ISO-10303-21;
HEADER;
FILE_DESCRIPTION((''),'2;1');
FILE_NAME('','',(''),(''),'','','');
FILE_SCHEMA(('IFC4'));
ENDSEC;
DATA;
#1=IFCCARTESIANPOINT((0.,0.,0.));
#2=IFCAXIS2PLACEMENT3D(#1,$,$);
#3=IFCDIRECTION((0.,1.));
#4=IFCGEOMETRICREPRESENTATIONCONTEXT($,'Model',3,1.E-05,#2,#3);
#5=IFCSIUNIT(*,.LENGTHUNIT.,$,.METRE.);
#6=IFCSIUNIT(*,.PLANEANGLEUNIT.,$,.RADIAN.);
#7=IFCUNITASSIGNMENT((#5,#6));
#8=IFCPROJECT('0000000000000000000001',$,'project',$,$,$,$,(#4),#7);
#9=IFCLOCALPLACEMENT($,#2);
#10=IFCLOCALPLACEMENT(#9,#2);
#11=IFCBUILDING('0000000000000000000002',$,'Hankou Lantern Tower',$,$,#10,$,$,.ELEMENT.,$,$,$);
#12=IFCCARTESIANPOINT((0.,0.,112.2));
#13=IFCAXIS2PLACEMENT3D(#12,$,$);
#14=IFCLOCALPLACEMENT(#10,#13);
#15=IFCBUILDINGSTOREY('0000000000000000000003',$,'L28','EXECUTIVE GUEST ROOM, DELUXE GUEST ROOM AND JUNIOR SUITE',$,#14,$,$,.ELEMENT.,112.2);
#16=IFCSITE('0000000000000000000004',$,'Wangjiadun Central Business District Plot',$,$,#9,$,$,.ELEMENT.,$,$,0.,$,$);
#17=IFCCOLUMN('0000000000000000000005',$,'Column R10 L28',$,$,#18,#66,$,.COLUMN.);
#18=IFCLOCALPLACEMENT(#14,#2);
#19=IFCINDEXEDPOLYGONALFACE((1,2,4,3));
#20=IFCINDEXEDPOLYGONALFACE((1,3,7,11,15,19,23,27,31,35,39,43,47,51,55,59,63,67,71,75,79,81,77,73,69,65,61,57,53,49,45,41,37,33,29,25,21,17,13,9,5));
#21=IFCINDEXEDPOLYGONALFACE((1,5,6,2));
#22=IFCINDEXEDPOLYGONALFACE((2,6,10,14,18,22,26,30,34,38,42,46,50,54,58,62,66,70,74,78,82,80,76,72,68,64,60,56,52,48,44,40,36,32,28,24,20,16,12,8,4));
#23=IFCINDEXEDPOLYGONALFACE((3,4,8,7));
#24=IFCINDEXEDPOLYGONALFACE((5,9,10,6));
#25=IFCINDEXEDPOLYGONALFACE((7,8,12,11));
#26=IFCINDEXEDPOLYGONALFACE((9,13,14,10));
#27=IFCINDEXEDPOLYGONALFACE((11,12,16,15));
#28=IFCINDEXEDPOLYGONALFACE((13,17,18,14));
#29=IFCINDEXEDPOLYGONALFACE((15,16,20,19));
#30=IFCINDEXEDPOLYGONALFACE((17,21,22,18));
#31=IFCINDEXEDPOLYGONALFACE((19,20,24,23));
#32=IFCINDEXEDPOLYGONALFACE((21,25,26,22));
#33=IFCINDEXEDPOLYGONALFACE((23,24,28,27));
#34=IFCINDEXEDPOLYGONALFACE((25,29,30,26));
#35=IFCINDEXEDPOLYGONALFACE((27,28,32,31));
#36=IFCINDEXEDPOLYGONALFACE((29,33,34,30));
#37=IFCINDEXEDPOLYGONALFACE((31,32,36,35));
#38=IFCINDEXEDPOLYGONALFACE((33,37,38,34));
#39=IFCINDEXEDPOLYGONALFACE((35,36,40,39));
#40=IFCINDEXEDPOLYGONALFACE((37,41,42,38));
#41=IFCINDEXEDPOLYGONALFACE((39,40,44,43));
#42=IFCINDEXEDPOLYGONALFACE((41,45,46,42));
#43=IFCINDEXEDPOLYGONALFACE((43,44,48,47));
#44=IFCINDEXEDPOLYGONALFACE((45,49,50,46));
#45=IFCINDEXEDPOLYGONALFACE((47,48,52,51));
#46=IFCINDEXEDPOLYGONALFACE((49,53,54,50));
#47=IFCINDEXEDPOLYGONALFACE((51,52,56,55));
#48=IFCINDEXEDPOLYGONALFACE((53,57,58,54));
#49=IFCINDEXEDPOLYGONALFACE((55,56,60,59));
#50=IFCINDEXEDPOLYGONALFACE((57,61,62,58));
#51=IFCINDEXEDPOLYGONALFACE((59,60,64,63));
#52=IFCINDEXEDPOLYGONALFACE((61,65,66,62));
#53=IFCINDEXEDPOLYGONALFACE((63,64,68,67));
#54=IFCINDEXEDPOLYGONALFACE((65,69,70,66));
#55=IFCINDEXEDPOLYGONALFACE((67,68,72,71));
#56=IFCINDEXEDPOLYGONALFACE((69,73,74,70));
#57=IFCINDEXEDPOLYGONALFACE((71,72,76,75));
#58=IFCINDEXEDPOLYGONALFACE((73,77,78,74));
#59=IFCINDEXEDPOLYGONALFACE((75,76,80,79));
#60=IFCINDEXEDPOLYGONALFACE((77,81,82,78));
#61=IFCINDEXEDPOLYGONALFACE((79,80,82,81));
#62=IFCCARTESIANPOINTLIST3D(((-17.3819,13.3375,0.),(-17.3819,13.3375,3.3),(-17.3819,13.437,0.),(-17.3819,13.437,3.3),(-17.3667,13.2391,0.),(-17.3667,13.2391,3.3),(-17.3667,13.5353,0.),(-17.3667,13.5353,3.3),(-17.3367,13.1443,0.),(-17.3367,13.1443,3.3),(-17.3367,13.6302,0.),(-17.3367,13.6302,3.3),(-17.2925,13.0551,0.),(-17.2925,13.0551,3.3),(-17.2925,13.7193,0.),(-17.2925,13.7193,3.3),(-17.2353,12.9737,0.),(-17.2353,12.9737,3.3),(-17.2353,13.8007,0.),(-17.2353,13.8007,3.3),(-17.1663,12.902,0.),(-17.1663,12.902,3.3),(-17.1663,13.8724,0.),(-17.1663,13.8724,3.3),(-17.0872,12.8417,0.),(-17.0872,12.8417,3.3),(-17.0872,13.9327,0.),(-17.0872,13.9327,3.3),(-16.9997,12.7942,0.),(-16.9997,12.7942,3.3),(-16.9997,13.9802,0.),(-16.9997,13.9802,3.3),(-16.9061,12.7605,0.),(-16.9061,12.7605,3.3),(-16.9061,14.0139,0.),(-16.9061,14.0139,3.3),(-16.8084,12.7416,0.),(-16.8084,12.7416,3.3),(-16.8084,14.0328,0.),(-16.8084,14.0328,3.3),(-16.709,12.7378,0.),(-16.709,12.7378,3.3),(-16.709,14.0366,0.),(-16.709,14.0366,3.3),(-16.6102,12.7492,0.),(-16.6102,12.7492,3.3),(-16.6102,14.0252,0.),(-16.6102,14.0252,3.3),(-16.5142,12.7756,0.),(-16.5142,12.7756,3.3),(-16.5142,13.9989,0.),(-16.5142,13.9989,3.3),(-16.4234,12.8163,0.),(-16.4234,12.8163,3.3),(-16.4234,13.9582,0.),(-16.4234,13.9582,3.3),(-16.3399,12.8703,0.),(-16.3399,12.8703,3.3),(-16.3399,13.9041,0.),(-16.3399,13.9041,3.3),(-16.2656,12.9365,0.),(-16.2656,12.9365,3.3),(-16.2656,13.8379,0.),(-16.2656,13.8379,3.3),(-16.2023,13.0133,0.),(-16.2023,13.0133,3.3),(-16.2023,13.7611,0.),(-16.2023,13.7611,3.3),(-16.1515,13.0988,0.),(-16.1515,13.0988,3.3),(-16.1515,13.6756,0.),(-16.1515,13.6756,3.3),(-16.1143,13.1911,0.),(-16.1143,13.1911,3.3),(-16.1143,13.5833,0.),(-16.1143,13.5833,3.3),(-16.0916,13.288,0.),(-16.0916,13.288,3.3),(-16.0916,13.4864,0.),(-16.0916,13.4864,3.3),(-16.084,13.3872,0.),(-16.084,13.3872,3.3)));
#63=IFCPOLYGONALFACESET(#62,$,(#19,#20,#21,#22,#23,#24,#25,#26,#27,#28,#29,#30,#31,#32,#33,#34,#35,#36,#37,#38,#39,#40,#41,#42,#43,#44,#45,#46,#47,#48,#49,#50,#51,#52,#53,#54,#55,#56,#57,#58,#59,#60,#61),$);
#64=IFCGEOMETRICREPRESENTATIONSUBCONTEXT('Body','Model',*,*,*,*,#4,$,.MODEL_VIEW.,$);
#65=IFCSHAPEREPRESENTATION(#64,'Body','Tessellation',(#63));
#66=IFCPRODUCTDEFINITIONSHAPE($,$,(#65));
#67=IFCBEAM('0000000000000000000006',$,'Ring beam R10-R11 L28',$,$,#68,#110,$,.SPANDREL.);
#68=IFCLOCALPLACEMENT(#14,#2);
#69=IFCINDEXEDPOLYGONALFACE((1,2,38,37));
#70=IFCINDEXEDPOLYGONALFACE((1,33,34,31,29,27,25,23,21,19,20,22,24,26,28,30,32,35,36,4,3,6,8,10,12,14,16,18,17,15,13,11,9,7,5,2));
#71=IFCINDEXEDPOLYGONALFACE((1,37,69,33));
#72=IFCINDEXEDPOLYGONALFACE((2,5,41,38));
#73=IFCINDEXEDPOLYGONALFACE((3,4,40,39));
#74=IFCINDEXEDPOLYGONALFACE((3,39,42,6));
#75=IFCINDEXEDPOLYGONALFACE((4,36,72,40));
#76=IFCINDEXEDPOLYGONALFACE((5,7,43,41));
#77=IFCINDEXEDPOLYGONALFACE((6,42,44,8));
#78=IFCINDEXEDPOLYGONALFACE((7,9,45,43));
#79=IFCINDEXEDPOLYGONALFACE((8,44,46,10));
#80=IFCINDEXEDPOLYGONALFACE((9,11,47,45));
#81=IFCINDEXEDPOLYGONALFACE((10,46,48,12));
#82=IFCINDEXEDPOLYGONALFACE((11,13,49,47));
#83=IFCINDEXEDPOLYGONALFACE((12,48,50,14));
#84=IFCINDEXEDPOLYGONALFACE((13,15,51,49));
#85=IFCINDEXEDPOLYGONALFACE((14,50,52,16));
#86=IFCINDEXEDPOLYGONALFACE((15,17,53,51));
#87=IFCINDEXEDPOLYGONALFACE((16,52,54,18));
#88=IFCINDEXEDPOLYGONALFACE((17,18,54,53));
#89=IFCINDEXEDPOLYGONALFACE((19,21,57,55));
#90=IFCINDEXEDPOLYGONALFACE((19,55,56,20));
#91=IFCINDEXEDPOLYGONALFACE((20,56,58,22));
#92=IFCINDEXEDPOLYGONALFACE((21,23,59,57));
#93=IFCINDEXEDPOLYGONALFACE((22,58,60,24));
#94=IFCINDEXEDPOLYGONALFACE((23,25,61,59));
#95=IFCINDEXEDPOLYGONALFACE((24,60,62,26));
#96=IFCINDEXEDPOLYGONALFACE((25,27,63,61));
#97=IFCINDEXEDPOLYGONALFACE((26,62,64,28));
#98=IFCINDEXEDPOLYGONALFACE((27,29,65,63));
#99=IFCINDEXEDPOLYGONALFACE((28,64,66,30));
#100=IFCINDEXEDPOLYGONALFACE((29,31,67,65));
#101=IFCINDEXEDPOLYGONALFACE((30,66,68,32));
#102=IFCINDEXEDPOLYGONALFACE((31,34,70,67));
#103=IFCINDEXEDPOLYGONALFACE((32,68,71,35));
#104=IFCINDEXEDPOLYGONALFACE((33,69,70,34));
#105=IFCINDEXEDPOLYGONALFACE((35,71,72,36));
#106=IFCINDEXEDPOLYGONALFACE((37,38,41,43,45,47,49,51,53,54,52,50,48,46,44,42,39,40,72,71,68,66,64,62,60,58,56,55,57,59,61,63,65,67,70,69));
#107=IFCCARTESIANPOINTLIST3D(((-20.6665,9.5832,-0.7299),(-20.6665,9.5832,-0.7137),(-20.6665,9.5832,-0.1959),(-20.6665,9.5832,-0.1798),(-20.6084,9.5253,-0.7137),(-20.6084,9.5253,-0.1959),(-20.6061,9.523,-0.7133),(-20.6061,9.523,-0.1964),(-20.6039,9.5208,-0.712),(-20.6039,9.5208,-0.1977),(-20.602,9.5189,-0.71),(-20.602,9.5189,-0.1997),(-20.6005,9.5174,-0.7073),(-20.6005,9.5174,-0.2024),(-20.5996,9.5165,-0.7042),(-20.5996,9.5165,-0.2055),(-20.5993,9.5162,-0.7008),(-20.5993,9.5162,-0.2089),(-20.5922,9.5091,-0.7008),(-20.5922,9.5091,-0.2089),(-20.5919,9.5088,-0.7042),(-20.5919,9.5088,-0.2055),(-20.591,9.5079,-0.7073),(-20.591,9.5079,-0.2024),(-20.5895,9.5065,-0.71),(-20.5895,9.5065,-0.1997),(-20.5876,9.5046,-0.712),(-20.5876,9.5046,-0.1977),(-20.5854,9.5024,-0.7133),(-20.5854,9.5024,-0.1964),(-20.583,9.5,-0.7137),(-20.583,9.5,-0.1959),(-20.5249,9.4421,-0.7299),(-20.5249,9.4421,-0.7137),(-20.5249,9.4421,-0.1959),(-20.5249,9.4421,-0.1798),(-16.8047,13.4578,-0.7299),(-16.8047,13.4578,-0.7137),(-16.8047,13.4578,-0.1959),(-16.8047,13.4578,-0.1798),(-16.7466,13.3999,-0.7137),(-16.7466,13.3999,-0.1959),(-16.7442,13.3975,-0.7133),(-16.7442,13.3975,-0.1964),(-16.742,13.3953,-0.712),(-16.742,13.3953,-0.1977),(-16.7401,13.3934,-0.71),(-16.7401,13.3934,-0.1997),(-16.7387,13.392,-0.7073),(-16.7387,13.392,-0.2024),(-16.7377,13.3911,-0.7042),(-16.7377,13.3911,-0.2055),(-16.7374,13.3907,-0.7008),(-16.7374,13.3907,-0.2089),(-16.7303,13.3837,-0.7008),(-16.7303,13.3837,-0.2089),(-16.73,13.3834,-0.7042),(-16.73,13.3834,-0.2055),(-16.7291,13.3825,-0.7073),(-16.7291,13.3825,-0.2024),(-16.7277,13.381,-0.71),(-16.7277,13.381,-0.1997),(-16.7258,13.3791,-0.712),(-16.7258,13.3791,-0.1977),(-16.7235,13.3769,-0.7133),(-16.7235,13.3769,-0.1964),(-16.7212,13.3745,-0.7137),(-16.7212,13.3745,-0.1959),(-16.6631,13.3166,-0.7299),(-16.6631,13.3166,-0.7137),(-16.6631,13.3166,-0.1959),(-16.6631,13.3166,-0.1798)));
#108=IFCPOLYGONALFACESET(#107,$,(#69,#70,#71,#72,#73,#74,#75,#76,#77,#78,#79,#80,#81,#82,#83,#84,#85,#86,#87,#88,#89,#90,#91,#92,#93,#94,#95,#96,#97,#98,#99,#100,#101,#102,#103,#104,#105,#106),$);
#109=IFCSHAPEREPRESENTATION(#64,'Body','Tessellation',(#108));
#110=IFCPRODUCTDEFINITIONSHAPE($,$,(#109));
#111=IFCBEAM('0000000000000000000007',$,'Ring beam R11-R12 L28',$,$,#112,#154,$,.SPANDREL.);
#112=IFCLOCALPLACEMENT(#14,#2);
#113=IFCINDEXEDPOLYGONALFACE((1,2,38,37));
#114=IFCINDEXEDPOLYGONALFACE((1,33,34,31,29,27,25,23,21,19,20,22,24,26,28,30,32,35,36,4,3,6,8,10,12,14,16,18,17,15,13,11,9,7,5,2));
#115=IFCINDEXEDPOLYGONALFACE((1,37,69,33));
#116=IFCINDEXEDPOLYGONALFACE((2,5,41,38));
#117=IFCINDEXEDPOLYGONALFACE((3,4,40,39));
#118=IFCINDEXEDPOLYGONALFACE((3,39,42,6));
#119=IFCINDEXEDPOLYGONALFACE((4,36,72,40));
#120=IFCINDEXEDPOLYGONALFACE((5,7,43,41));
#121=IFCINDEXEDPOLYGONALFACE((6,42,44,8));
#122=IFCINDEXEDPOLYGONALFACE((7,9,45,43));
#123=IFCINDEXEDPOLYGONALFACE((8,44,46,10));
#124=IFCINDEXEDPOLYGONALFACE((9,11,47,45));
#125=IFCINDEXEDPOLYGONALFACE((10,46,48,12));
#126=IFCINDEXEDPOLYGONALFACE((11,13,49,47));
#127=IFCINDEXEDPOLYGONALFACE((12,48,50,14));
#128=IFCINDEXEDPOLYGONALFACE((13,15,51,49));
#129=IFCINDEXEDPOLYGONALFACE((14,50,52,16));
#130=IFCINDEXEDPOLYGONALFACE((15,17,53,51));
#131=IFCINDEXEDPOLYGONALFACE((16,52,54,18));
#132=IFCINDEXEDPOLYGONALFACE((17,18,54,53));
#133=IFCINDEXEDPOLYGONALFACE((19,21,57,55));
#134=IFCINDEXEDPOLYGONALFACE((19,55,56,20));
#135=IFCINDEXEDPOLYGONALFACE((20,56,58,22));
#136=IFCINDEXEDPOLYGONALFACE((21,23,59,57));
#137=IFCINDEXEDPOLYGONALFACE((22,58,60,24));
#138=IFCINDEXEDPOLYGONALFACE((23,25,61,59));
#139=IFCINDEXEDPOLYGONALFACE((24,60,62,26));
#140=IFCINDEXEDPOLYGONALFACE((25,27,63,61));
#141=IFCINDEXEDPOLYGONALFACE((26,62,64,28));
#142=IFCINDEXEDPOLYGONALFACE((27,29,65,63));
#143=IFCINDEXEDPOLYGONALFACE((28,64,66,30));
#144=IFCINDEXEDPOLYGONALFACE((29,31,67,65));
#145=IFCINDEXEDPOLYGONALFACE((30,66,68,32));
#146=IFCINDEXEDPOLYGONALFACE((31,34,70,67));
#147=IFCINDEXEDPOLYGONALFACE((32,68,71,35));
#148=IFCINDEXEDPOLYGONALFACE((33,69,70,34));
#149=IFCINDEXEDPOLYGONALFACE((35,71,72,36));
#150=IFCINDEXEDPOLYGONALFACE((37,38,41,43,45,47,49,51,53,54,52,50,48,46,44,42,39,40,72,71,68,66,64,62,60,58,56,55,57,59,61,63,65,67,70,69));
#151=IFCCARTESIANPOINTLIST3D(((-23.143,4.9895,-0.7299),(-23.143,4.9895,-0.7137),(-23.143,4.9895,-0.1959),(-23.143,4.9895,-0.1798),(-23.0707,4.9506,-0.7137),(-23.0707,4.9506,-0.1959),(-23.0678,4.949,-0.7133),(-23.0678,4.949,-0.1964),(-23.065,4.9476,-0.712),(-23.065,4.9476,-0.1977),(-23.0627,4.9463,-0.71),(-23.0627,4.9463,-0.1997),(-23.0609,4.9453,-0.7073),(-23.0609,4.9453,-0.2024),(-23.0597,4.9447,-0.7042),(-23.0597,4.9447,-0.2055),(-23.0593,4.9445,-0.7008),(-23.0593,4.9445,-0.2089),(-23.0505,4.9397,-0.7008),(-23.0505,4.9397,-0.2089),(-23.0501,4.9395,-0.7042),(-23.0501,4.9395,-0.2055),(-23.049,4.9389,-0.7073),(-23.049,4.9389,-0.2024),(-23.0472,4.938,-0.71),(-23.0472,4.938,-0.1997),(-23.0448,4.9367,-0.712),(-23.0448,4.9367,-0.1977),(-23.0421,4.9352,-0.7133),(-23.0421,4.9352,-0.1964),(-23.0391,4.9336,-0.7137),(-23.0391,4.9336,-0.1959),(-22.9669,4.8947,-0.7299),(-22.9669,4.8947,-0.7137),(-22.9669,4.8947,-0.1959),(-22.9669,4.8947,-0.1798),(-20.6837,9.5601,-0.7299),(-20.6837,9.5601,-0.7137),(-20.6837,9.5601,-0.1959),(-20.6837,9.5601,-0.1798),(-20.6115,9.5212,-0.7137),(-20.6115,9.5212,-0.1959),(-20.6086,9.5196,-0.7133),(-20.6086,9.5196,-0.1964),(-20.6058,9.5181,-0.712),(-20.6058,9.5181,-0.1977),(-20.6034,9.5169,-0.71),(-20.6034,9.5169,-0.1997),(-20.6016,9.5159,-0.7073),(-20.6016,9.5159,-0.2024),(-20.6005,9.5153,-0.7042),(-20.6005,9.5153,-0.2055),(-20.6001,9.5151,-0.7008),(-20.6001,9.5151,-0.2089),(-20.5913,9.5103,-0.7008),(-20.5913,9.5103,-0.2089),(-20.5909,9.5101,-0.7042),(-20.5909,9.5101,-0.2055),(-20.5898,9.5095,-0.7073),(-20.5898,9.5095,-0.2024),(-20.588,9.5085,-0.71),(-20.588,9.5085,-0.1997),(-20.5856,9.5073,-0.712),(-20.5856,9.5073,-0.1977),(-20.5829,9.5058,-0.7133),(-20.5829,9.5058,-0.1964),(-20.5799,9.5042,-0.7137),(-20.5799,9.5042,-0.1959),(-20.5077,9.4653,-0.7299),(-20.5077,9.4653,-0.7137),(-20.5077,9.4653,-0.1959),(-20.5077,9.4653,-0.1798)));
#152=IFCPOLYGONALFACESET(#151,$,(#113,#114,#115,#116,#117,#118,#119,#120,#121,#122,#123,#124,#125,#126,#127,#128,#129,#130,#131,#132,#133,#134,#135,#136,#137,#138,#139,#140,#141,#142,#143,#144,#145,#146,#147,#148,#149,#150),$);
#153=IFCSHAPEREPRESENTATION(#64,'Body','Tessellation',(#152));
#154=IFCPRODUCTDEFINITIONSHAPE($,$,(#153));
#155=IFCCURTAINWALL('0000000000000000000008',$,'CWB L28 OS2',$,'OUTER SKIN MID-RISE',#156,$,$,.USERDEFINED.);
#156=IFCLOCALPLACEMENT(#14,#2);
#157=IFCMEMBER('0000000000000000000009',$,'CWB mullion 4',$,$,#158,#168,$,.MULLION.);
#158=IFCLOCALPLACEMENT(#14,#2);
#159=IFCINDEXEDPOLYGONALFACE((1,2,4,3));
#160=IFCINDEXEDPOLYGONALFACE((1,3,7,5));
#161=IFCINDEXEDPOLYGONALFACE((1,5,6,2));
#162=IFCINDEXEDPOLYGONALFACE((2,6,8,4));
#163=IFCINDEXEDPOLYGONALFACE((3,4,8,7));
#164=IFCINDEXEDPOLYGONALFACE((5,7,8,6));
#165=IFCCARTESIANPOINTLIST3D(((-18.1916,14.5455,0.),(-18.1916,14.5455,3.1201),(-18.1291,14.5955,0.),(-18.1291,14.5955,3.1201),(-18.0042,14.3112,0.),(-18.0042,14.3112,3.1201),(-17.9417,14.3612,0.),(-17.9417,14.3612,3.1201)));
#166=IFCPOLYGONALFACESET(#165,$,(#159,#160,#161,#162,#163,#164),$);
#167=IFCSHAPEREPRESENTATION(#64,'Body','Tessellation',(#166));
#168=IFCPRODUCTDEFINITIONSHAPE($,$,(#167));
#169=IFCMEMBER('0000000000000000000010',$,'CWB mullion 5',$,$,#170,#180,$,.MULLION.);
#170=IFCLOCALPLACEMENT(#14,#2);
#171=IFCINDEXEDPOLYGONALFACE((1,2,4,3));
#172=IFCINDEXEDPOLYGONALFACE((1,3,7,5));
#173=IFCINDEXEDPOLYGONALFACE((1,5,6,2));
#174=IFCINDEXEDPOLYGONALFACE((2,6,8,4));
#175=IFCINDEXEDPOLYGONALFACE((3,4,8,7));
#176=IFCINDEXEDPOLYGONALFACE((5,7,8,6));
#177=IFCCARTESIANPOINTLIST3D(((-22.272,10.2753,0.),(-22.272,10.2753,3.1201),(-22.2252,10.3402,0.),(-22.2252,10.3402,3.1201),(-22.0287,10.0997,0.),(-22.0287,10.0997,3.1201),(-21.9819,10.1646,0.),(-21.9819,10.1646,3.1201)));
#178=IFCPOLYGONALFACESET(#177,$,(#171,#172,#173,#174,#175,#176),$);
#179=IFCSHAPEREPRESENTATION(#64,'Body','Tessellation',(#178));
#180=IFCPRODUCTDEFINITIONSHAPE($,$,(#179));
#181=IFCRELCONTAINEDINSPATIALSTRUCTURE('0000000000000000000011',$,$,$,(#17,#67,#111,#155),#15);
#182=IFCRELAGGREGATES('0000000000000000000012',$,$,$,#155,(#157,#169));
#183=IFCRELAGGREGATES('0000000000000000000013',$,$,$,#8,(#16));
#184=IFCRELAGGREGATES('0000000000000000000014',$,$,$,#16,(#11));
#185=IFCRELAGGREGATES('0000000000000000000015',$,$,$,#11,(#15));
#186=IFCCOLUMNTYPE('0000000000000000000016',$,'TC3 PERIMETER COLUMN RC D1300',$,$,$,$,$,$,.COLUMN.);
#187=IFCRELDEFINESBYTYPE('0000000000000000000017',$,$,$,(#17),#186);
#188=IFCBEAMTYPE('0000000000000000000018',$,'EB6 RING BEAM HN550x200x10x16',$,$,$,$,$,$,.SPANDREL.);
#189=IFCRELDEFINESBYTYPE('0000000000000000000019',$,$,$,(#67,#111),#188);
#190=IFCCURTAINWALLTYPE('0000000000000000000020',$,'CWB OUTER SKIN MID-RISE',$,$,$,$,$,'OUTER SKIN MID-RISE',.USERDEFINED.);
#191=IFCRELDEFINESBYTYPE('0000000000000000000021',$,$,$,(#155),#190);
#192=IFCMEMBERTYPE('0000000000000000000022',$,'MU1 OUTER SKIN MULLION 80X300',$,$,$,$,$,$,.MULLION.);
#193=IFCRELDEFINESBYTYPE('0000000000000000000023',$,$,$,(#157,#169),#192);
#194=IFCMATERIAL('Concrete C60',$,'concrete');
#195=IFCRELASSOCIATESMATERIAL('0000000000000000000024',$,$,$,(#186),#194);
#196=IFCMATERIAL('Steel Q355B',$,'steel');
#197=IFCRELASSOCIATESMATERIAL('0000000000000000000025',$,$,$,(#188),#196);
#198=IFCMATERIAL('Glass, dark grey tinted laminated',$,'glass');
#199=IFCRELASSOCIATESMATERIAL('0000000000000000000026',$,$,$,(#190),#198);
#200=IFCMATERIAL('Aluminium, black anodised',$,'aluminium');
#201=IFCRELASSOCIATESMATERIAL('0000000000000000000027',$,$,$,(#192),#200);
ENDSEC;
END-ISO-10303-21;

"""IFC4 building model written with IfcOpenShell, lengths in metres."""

from ifc_helpers import new_model, si_unit, direction, frame, origin, origin_2d, place, context, subcontext, project, spatial, rectangle, circle, i_section, extrude, material, material_profile, profile_set, type_object, element, aggregate, save


model = new_model("IFC4")

# Units and contexts
model_context = context("Model", 3, precision=1e-05, world=origin(), true_north=direction((0.0, 1.0)))
body_context = subcontext(model_context, "Body", "Model", "MODEL_VIEW")
ifc_project = project(units=[si_unit("LENGTHUNIT", "METRE"), si_unit("PLANEANGLEUNIT", "RADIAN")], contexts=[model_context])

# Site, building, storey
site_placement = place(None, origin())
site = spatial("IfcSite", under=ifc_project, at=site_placement, Name="Wangjiadun Central Business District Plot", CompositionType="ELEMENT", RefElevation=0.0)
building_placement = place(site_placement, origin())
building = spatial("IfcBuilding", under=site, at=building_placement, Name="Hankou Lantern Tower", CompositionType="ELEMENT")
storey_placement = place(building_placement, frame((0.0, 0.0, 112.2)))
storey = spatial("IfcBuildingStorey", under=building, at=storey_placement, Name="L28", Description="EXECUTIVE GUEST ROOM, DELUXE GUEST ROOM AND JUNIOR SUITE", CompositionType="ELEMENT", Elevation=112.2)

# Column
ifc_material_1 = material(Name="Concrete C60", Category="concrete")
ifc_material_profile_1 = material_profile(ifc_material_1, circle(Radius=0.6499, at=origin_2d()), Name="RC D1300")
ifc_profile_set_1 = profile_set([ifc_material_profile_1], Name="Concrete C60")
column_type = type_object("IfcColumnType", Name="TC3 PERIMETER COLUMN RC D1300", PredefinedType="COLUMN", material=ifc_profile_set_1)
column_placement = place(storey_placement, frame((-16.7339, 13.3872, 0.0), z_axis=(0.0, 0.0, 1.0), x_axis=(1.0, 0.0, 0.0)))
element("IfcColumn", 1, at=column_placement, inside=storey, type_object=column_type, Name="Column R10 L28", PredefinedType="COLUMN", context=body_context, shape_type="SweptSolid", body=[
    extrude(circle(Radius=0.6499, at=origin_2d()), origin(), (0.0, 0.0, 1.0), 3.3),
])

# Beams
ifc_material_2 = material(Name="Steel Q355B", Category="steel")
ifc_material_profile_2 = material_profile(ifc_material_2, i_section(OverallWidth=0.2, OverallDepth=0.55, WebThickness=0.01, FlangeThickness=0.0161, FilletRadius=0.0129, at=origin_2d()), Name="HN550x200x10x16")
ifc_profile_set_2 = profile_set([ifc_material_profile_2], Name="Steel Q355B")
beam_type_1 = type_object("IfcBeamType", Name="EB6 RING BEAM HN550x200x10x16", PredefinedType="SPANDREL", material=ifc_profile_set_2)
beam_1_placement = place(storey_placement, frame((-16.7339, 13.3872, -0.4548), z_axis=(-0.705945, -0.708266, 0.0), x_axis=(0.708266, -0.705945, 0.0)))
element("IfcBeam", 2, at=beam_1_placement, inside=storey, type_object=beam_type_1, Name="Ring beam R10-R11 L28", PredefinedType="SPANDREL", context=body_context, shape_type="SweptSolid", body=[
    extrude(i_section(OverallWidth=0.2, OverallDepth=0.55, WebThickness=0.01, FlangeThickness=0.0161, FilletRadius=0.0129, at=origin_2d()), origin(), (0.0, 0.0, 1.0), 5.4705),
])
beam_2_placement = place(storey_placement, frame((-20.5957, 9.5127, -0.4548), z_axis=(-0.473825, -0.880619, 0.0), x_axis=(0.880619, -0.473825, 0.0)))
element("IfcBeam", 3, at=beam_2_placement, inside=storey, type_object=beam_type_1, Name="Ring beam R11-R12 L28", PredefinedType="SPANDREL", context=body_context, shape_type="SweptSolid", body=[
    extrude(i_section(OverallWidth=0.2, OverallDepth=0.55, WebThickness=0.01, FlangeThickness=0.0161, FilletRadius=0.0129, at=origin_2d()), origin(), (0.0, 0.0, 1.0), 5.1902),
])

# Curtain wall, members
ifc_material_3 = material(Name="Glass, dark grey tinted laminated", Category="glass")
curtain_wall_type = type_object("IfcCurtainWallType", Name="CWB OUTER SKIN MID-RISE", ElementType="OUTER SKIN MID-RISE", PredefinedType="USERDEFINED", material=ifc_material_3)
curtain_wall_placement = place(storey_placement, origin())
curtain_wall = element("IfcCurtainWall", 4, at=curtain_wall_placement, inside=storey, type_object=curtain_wall_type, Name="CWB L28 OS2", ObjectType="OUTER SKIN MID-RISE", PredefinedType="USERDEFINED")
ifc_material_4 = material(Name="Aluminium, black anodised", Category="aluminium")
ifc_material_profile_3 = material_profile(ifc_material_4, rectangle(XDim=0.0801, YDim=0.3, at=origin_2d()), Name="MU1 80X300")
ifc_profile_set_3 = profile_set([ifc_material_profile_3], Name="Aluminium, black anodised")
member_type_1 = type_object("IfcMemberType", Name="MU1 OUTER SKIN MULLION 80X300", PredefinedType="MULLION", material=ifc_profile_set_3)
member_1_placement = place(storey_placement, frame((-18.0667, 14.4534, 0.0), z_axis=(0.0, 0.0, 1.0), x_axis=(-0.780869, -0.624695, 0.0)))
member_1 = element("IfcMember", 5, at=member_1_placement, type_object=member_type_1, Name="CWB mullion 4", PredefinedType="MULLION", context=body_context, shape_type="SweptSolid", body=[
    extrude(rectangle(XDim=0.0801, YDim=0.3, at=origin_2d()), origin(), (0.0, 0.0, 1.0), 3.1201),
])
member_2_placement = place(storey_placement, frame((-22.127, 10.22, 0.0), z_axis=(0.0, 0.0, 1.0), x_axis=(-0.585206, -0.810885, 0.0)))
member_2 = element("IfcMember", 6, at=member_2_placement, type_object=member_type_1, Name="CWB mullion 5", PredefinedType="MULLION", context=body_context, shape_type="SweptSolid", body=[
    extrude(rectangle(XDim=0.0801, YDim=0.3, at=origin_2d()), origin(), (0.0, 0.0, 1.0), 3.1201),
])

aggregate(curtain_wall, [member_1, member_2])

save(model, "model.ifc")
